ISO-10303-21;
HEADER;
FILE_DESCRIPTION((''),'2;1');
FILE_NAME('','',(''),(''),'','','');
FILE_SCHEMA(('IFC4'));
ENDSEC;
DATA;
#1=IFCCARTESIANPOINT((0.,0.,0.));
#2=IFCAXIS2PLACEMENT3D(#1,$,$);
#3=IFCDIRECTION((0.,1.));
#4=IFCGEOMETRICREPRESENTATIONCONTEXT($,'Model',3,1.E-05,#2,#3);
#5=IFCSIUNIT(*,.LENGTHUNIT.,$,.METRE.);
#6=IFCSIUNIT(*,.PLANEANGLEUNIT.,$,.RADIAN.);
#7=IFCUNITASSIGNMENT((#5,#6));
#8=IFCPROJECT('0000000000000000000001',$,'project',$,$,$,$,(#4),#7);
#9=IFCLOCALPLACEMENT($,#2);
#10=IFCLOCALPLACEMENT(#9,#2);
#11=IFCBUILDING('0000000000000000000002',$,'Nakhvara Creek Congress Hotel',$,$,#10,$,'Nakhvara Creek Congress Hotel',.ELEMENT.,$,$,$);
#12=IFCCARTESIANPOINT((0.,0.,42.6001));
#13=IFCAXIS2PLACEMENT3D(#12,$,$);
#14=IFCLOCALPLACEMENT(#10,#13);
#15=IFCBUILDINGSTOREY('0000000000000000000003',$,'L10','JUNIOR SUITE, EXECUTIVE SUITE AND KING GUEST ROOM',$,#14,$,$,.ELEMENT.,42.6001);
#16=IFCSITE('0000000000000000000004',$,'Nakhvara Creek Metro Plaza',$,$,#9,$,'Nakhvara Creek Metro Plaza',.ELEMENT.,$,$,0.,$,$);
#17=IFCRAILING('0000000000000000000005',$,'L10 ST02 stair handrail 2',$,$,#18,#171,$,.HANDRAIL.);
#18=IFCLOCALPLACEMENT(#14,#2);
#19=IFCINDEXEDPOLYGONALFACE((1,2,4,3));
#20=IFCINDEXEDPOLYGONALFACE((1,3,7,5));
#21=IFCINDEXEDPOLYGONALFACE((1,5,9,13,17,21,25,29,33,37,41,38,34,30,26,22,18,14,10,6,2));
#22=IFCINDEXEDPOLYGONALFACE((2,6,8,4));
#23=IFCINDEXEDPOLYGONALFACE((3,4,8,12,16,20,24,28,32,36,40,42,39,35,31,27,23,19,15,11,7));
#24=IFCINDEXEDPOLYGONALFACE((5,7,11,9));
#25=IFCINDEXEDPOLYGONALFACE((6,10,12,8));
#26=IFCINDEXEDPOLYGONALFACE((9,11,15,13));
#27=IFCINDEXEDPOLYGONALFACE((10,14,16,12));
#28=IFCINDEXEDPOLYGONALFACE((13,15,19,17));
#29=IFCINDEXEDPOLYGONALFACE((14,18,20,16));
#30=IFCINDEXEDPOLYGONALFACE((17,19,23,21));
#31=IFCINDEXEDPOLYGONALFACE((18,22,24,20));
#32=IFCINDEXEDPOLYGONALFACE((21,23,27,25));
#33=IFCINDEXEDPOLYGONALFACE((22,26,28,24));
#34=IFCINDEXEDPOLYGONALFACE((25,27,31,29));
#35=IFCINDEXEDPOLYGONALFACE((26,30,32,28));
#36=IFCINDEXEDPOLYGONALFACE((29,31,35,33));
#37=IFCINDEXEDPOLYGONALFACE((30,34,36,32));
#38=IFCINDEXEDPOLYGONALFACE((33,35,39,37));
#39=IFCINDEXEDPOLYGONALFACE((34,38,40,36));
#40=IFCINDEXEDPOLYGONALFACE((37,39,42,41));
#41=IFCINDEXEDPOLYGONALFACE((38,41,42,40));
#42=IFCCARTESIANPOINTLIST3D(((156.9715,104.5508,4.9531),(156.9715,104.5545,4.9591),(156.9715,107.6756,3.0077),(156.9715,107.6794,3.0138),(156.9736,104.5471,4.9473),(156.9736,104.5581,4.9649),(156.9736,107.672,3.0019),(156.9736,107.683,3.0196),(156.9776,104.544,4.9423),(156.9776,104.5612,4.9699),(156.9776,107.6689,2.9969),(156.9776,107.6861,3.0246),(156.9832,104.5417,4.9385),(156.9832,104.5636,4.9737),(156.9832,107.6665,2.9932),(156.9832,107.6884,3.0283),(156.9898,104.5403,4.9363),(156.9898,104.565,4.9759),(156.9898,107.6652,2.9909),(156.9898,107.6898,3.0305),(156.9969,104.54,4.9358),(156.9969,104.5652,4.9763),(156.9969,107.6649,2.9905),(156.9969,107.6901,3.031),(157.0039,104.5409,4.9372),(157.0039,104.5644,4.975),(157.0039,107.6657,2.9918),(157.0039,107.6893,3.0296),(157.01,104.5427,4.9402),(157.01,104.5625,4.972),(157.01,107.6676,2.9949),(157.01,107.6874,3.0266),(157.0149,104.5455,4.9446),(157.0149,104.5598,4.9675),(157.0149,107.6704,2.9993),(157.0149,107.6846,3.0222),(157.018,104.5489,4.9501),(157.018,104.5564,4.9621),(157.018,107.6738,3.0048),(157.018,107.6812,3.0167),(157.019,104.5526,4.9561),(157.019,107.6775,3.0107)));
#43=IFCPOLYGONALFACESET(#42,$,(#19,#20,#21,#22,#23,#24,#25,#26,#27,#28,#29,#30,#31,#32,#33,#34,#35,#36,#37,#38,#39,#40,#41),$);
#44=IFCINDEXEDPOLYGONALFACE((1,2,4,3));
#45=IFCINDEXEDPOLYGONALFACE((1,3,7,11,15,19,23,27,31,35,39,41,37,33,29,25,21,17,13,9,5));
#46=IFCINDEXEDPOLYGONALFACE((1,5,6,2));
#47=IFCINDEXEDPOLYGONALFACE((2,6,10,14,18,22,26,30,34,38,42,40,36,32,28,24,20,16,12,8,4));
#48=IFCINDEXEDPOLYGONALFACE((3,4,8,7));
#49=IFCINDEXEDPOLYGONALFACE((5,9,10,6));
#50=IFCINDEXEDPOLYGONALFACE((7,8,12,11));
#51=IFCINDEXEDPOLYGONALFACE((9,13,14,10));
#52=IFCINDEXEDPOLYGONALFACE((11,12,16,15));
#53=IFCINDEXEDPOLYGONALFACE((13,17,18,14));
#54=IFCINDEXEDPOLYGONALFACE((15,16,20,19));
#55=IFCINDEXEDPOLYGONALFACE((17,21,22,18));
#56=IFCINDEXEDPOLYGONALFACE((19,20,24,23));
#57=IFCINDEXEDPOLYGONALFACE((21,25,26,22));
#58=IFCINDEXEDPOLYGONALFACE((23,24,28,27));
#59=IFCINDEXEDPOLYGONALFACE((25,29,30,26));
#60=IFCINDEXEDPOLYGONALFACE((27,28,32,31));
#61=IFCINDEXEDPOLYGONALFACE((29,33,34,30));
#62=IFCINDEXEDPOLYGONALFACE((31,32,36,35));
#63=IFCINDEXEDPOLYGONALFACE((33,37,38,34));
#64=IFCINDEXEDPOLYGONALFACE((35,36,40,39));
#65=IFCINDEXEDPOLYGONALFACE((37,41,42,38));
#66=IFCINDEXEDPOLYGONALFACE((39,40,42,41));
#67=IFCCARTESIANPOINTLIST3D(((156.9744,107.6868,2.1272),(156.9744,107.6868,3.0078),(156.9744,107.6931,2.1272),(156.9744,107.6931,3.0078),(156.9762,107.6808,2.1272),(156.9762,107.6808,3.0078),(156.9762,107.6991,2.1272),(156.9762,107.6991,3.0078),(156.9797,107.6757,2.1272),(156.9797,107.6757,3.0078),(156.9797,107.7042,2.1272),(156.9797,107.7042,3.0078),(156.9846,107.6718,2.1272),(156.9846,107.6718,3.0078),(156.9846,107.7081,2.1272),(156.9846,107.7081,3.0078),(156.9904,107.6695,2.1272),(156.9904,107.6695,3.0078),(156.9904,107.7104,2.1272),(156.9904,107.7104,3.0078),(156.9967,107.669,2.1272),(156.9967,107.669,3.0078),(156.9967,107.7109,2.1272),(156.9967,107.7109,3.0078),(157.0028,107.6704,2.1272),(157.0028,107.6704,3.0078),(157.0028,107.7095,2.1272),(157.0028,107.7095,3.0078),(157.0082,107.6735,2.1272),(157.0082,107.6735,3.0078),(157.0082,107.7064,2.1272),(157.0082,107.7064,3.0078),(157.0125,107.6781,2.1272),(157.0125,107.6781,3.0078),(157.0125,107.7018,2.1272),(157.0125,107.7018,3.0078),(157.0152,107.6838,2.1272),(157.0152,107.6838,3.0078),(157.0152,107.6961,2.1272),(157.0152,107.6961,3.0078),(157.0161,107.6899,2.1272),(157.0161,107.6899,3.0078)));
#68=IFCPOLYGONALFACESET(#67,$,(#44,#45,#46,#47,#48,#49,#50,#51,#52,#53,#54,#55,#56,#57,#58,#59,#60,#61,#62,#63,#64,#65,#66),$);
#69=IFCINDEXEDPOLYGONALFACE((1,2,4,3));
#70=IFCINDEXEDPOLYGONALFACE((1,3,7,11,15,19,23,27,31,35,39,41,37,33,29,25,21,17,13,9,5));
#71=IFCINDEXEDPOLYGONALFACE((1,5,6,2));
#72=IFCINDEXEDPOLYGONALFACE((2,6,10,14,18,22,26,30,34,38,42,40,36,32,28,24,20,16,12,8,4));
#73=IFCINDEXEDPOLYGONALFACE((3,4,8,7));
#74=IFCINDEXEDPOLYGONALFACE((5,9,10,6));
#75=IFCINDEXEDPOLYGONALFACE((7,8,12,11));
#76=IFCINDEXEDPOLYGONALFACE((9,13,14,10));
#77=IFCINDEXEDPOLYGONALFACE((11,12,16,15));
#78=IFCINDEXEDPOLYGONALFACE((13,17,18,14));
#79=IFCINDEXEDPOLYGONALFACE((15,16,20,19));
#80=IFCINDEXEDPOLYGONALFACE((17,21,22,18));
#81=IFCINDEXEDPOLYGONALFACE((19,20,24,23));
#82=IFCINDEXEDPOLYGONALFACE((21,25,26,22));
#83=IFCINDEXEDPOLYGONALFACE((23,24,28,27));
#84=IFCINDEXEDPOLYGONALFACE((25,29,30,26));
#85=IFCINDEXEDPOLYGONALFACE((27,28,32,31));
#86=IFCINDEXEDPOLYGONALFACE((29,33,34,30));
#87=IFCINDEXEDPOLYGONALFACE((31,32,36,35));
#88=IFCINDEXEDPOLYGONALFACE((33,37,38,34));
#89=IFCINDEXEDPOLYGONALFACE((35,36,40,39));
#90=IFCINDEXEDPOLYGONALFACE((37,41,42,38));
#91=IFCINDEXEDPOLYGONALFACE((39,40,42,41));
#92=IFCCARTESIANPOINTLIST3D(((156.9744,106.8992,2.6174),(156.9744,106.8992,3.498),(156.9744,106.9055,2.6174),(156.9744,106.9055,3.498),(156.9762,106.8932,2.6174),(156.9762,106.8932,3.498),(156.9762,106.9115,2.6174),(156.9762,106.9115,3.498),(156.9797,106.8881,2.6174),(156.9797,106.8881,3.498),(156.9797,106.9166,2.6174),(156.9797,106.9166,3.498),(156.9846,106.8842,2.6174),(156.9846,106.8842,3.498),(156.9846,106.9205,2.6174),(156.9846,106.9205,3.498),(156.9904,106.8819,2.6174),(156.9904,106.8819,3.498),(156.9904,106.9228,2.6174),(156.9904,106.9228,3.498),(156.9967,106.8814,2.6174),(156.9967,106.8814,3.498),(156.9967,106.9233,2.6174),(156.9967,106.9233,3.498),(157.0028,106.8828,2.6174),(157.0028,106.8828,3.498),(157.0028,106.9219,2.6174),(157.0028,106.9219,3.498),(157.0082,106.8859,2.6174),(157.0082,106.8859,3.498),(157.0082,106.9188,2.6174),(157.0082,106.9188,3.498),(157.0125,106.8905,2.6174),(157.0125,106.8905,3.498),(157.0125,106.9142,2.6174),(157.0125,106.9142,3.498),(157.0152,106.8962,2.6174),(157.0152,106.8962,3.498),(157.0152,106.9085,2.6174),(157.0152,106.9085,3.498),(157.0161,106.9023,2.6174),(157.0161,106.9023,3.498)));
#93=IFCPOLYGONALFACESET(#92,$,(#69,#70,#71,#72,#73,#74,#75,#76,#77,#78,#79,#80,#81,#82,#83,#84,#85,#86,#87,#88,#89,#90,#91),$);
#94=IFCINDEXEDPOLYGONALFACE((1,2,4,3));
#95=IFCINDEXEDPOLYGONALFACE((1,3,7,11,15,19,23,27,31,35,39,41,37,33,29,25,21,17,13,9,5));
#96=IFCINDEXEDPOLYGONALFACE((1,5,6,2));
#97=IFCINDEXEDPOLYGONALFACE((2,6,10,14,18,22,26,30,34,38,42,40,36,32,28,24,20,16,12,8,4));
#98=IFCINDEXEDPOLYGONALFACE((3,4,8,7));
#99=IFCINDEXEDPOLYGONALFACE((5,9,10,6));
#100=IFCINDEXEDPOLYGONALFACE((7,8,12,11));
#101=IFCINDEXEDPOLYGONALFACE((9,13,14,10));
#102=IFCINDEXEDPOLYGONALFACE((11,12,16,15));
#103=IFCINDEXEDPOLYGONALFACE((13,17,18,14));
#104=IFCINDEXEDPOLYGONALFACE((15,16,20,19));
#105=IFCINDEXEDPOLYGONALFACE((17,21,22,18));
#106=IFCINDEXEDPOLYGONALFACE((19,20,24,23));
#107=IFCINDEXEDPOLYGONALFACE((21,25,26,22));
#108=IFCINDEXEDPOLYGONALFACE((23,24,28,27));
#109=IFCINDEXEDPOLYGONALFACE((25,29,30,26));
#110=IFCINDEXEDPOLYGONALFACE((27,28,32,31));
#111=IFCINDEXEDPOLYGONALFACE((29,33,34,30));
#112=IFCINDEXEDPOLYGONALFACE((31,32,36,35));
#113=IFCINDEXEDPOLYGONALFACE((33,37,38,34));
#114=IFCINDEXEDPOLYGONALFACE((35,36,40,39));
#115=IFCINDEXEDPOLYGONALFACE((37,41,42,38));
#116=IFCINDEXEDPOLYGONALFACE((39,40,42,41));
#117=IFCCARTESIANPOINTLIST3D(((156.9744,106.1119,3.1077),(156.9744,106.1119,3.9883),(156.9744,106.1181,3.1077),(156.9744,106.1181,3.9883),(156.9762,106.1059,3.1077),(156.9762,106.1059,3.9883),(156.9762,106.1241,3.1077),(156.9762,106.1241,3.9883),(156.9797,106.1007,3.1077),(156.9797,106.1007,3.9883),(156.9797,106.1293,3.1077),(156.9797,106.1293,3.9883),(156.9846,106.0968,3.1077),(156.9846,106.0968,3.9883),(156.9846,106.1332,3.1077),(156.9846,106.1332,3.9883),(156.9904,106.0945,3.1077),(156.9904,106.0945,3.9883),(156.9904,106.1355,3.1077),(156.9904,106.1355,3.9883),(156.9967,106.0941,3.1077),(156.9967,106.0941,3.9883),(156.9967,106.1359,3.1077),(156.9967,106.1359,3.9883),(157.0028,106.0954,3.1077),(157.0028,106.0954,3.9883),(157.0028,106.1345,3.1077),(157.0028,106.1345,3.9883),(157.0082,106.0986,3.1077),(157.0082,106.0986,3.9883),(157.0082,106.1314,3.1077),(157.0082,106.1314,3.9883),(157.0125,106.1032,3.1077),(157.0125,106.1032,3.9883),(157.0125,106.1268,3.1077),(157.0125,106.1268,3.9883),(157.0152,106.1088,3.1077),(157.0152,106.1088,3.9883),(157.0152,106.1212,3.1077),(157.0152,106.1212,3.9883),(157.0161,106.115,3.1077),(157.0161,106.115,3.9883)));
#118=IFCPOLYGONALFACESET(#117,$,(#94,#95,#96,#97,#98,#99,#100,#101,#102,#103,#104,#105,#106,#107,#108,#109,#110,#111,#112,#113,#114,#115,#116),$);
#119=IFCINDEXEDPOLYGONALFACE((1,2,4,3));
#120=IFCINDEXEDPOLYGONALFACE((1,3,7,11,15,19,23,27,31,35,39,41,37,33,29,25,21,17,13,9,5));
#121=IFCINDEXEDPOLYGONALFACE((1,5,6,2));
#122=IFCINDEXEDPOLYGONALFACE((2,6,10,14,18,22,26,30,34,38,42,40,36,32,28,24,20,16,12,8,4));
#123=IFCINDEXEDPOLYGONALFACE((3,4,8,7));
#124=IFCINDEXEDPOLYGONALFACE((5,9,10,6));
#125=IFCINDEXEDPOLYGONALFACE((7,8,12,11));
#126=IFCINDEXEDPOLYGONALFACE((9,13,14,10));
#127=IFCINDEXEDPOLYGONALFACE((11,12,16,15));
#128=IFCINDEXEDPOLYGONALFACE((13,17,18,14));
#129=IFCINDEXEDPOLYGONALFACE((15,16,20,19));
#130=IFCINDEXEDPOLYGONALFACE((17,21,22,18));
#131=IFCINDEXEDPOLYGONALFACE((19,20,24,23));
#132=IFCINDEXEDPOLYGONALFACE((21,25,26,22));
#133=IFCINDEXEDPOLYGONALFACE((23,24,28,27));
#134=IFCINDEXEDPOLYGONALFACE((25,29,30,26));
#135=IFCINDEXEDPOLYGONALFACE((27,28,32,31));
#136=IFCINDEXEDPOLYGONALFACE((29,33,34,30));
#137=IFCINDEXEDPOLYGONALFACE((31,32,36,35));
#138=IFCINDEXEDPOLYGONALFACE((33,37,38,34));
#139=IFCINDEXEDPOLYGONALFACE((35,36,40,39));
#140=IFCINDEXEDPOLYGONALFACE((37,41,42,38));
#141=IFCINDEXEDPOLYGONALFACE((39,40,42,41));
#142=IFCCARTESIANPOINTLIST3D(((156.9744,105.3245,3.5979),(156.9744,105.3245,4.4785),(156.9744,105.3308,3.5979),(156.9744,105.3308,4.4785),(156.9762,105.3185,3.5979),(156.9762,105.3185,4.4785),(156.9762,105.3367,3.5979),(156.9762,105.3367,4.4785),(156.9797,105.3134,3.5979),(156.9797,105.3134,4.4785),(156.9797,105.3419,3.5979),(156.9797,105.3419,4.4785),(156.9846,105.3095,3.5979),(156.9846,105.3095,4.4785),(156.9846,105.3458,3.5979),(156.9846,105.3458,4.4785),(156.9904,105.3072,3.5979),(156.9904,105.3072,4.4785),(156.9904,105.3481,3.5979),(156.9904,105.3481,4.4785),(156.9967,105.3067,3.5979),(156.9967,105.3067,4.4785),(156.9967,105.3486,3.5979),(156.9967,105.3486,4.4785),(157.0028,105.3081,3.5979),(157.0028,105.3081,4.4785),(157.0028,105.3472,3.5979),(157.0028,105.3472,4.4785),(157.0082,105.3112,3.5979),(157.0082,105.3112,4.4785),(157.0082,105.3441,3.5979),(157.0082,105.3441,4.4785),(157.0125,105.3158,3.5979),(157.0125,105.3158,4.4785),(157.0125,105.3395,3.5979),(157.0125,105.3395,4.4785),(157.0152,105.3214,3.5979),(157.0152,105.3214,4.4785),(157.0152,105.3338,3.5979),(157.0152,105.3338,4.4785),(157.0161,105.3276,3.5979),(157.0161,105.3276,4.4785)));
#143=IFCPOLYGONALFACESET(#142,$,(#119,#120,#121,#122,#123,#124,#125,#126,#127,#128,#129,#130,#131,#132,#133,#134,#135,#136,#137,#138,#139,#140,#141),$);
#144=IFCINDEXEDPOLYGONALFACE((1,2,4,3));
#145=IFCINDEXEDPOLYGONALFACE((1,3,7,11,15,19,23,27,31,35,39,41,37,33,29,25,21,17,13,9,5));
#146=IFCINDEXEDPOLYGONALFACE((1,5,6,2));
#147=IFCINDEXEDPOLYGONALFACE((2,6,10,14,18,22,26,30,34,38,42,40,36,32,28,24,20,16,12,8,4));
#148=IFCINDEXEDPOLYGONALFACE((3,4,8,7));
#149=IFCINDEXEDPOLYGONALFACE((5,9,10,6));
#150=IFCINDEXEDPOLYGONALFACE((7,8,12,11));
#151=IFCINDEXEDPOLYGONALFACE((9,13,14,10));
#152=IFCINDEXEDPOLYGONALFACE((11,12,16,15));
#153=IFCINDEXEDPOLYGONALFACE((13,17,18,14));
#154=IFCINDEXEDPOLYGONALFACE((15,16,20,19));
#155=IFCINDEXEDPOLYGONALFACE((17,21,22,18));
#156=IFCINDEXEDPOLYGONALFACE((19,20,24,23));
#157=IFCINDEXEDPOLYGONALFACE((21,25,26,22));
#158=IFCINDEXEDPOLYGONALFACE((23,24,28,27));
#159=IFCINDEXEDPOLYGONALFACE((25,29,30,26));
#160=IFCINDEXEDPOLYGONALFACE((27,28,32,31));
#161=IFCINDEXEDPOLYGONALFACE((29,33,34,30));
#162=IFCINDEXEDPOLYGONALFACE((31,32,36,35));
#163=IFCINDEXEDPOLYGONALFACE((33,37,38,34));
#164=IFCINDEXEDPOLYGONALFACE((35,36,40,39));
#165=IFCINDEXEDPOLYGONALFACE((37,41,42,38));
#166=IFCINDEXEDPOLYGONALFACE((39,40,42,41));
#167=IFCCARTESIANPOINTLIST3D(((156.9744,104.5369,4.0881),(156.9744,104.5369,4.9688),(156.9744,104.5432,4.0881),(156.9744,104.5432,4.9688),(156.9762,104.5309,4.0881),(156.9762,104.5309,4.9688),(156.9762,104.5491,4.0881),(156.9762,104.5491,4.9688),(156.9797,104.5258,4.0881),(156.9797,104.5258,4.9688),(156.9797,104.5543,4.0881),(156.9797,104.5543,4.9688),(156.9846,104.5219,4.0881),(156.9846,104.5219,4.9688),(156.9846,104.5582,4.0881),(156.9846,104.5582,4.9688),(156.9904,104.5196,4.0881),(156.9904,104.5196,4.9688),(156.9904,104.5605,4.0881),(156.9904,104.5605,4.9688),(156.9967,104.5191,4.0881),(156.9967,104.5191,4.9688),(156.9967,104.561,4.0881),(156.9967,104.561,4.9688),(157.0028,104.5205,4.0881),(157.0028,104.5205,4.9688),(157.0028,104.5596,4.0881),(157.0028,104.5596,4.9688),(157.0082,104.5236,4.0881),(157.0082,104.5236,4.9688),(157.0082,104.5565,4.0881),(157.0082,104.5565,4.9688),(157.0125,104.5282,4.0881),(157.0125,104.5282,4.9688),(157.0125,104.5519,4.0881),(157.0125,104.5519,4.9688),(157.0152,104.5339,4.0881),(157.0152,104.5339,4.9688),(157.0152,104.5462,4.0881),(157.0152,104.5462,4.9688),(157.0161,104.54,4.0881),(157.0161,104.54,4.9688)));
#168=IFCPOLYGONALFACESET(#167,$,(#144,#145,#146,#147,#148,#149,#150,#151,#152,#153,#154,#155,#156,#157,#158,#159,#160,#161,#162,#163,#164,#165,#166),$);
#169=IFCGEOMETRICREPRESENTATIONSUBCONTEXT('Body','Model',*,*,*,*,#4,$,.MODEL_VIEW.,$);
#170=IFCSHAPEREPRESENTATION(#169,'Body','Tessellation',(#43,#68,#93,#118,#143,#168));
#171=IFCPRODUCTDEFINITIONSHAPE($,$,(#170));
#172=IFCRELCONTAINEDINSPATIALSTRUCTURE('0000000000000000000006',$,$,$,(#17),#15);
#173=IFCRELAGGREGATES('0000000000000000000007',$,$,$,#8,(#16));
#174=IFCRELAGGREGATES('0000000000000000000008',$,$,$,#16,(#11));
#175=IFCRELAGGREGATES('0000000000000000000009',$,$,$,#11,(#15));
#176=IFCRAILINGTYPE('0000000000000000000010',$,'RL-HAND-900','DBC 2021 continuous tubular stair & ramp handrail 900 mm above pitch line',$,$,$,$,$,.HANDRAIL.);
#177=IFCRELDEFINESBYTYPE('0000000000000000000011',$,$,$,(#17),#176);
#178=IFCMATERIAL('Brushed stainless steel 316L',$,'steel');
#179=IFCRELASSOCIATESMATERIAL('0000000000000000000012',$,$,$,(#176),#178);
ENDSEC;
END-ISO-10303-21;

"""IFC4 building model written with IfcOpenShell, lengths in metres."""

from ifc_helpers import new_model, si_unit, direction, frame, origin, origin_2d, place, context, subcontext, project, spatial, circle, extrude, material, type_object, element, save


model = new_model("IFC4")

# Units and contexts
model_context = context("Model", 3, precision=1e-05, world=origin(), true_north=direction((0.0, 1.0)))
body_context = subcontext(model_context, "Body", "Model", "MODEL_VIEW")
ifc_project = project(units=[si_unit("LENGTHUNIT", "METRE"), si_unit("PLANEANGLEUNIT", "RADIAN")], contexts=[model_context])

# Site, building, storey
site_placement = place(None, origin())
site = spatial("IfcSite", under=ifc_project, at=site_placement, Name="Nakhvara Creek Metro Plaza", LongName="Nakhvara Creek Metro Plaza", CompositionType="ELEMENT", RefElevation=0.0)
building_placement = place(site_placement, origin())
building = spatial("IfcBuilding", under=site, at=building_placement, Name="Nakhvara Creek Congress Hotel", LongName="Nakhvara Creek Congress Hotel", CompositionType="ELEMENT")
storey_placement = place(building_placement, frame((0.0, 0.0, 42.6001)))
storey = spatial("IfcBuildingStorey", under=building, at=storey_placement, Name="L10", Description="JUNIOR SUITE, EXECUTIVE SUITE AND KING GUEST ROOM", CompositionType="ELEMENT", Elevation=42.6001)

# Railing
ifc_material_1 = material(Name="Brushed stainless steel 316L", Category="steel")
railing_type_1 = type_object("IfcRailingType", Name="RL-HAND-900", Description="DBC 2021 continuous tubular stair & ramp handrail 900 mm above pitch line", PredefinedType="HANDRAIL", material=ifc_material_1)
railing_1_placement = place(storey_placement, frame((156.9951, 107.6899, 2.1272)))
element("IfcRailing", 1, at=railing_1_placement, inside=storey, type_object=railing_type_1, Name="L10 ST02 stair handrail 2", PredefinedType="HANDRAIL", context=body_context, shape_type="SweptSolid", body=[
    extrude(circle(Radius=0.0239, at=origin_2d()), frame((0.0, -0.0125, 0.8835), z_axis=(0.0, -0.848936, 0.528496), x_axis=(1.0, 0.0, 0.0)), (0.0, 0.0, 1.0), 3.6809),
    extrude(circle(Radius=0.021, at=origin_2d()), origin(), (0.0, 0.0, 1.0), 0.8806),
    extrude(circle(Radius=0.021, at=origin_2d()), frame((0.0, -0.7876, 0.4902)), (0.0, 0.0, 1.0), 0.8806),
    extrude(circle(Radius=0.021, at=origin_2d()), frame((0.0, -1.575, 0.9805)), (0.0, 0.0, 1.0), 0.8806),
    extrude(circle(Radius=0.021, at=origin_2d()), frame((0.0, -2.3623, 1.4707)), (0.0, 0.0, 1.0), 0.8806),
    extrude(circle(Radius=0.021, at=origin_2d()), frame((0.0, -3.1499, 1.9609)), (0.0, 0.0, 1.0), 0.8806),
])

save(model, "model.ifc")
